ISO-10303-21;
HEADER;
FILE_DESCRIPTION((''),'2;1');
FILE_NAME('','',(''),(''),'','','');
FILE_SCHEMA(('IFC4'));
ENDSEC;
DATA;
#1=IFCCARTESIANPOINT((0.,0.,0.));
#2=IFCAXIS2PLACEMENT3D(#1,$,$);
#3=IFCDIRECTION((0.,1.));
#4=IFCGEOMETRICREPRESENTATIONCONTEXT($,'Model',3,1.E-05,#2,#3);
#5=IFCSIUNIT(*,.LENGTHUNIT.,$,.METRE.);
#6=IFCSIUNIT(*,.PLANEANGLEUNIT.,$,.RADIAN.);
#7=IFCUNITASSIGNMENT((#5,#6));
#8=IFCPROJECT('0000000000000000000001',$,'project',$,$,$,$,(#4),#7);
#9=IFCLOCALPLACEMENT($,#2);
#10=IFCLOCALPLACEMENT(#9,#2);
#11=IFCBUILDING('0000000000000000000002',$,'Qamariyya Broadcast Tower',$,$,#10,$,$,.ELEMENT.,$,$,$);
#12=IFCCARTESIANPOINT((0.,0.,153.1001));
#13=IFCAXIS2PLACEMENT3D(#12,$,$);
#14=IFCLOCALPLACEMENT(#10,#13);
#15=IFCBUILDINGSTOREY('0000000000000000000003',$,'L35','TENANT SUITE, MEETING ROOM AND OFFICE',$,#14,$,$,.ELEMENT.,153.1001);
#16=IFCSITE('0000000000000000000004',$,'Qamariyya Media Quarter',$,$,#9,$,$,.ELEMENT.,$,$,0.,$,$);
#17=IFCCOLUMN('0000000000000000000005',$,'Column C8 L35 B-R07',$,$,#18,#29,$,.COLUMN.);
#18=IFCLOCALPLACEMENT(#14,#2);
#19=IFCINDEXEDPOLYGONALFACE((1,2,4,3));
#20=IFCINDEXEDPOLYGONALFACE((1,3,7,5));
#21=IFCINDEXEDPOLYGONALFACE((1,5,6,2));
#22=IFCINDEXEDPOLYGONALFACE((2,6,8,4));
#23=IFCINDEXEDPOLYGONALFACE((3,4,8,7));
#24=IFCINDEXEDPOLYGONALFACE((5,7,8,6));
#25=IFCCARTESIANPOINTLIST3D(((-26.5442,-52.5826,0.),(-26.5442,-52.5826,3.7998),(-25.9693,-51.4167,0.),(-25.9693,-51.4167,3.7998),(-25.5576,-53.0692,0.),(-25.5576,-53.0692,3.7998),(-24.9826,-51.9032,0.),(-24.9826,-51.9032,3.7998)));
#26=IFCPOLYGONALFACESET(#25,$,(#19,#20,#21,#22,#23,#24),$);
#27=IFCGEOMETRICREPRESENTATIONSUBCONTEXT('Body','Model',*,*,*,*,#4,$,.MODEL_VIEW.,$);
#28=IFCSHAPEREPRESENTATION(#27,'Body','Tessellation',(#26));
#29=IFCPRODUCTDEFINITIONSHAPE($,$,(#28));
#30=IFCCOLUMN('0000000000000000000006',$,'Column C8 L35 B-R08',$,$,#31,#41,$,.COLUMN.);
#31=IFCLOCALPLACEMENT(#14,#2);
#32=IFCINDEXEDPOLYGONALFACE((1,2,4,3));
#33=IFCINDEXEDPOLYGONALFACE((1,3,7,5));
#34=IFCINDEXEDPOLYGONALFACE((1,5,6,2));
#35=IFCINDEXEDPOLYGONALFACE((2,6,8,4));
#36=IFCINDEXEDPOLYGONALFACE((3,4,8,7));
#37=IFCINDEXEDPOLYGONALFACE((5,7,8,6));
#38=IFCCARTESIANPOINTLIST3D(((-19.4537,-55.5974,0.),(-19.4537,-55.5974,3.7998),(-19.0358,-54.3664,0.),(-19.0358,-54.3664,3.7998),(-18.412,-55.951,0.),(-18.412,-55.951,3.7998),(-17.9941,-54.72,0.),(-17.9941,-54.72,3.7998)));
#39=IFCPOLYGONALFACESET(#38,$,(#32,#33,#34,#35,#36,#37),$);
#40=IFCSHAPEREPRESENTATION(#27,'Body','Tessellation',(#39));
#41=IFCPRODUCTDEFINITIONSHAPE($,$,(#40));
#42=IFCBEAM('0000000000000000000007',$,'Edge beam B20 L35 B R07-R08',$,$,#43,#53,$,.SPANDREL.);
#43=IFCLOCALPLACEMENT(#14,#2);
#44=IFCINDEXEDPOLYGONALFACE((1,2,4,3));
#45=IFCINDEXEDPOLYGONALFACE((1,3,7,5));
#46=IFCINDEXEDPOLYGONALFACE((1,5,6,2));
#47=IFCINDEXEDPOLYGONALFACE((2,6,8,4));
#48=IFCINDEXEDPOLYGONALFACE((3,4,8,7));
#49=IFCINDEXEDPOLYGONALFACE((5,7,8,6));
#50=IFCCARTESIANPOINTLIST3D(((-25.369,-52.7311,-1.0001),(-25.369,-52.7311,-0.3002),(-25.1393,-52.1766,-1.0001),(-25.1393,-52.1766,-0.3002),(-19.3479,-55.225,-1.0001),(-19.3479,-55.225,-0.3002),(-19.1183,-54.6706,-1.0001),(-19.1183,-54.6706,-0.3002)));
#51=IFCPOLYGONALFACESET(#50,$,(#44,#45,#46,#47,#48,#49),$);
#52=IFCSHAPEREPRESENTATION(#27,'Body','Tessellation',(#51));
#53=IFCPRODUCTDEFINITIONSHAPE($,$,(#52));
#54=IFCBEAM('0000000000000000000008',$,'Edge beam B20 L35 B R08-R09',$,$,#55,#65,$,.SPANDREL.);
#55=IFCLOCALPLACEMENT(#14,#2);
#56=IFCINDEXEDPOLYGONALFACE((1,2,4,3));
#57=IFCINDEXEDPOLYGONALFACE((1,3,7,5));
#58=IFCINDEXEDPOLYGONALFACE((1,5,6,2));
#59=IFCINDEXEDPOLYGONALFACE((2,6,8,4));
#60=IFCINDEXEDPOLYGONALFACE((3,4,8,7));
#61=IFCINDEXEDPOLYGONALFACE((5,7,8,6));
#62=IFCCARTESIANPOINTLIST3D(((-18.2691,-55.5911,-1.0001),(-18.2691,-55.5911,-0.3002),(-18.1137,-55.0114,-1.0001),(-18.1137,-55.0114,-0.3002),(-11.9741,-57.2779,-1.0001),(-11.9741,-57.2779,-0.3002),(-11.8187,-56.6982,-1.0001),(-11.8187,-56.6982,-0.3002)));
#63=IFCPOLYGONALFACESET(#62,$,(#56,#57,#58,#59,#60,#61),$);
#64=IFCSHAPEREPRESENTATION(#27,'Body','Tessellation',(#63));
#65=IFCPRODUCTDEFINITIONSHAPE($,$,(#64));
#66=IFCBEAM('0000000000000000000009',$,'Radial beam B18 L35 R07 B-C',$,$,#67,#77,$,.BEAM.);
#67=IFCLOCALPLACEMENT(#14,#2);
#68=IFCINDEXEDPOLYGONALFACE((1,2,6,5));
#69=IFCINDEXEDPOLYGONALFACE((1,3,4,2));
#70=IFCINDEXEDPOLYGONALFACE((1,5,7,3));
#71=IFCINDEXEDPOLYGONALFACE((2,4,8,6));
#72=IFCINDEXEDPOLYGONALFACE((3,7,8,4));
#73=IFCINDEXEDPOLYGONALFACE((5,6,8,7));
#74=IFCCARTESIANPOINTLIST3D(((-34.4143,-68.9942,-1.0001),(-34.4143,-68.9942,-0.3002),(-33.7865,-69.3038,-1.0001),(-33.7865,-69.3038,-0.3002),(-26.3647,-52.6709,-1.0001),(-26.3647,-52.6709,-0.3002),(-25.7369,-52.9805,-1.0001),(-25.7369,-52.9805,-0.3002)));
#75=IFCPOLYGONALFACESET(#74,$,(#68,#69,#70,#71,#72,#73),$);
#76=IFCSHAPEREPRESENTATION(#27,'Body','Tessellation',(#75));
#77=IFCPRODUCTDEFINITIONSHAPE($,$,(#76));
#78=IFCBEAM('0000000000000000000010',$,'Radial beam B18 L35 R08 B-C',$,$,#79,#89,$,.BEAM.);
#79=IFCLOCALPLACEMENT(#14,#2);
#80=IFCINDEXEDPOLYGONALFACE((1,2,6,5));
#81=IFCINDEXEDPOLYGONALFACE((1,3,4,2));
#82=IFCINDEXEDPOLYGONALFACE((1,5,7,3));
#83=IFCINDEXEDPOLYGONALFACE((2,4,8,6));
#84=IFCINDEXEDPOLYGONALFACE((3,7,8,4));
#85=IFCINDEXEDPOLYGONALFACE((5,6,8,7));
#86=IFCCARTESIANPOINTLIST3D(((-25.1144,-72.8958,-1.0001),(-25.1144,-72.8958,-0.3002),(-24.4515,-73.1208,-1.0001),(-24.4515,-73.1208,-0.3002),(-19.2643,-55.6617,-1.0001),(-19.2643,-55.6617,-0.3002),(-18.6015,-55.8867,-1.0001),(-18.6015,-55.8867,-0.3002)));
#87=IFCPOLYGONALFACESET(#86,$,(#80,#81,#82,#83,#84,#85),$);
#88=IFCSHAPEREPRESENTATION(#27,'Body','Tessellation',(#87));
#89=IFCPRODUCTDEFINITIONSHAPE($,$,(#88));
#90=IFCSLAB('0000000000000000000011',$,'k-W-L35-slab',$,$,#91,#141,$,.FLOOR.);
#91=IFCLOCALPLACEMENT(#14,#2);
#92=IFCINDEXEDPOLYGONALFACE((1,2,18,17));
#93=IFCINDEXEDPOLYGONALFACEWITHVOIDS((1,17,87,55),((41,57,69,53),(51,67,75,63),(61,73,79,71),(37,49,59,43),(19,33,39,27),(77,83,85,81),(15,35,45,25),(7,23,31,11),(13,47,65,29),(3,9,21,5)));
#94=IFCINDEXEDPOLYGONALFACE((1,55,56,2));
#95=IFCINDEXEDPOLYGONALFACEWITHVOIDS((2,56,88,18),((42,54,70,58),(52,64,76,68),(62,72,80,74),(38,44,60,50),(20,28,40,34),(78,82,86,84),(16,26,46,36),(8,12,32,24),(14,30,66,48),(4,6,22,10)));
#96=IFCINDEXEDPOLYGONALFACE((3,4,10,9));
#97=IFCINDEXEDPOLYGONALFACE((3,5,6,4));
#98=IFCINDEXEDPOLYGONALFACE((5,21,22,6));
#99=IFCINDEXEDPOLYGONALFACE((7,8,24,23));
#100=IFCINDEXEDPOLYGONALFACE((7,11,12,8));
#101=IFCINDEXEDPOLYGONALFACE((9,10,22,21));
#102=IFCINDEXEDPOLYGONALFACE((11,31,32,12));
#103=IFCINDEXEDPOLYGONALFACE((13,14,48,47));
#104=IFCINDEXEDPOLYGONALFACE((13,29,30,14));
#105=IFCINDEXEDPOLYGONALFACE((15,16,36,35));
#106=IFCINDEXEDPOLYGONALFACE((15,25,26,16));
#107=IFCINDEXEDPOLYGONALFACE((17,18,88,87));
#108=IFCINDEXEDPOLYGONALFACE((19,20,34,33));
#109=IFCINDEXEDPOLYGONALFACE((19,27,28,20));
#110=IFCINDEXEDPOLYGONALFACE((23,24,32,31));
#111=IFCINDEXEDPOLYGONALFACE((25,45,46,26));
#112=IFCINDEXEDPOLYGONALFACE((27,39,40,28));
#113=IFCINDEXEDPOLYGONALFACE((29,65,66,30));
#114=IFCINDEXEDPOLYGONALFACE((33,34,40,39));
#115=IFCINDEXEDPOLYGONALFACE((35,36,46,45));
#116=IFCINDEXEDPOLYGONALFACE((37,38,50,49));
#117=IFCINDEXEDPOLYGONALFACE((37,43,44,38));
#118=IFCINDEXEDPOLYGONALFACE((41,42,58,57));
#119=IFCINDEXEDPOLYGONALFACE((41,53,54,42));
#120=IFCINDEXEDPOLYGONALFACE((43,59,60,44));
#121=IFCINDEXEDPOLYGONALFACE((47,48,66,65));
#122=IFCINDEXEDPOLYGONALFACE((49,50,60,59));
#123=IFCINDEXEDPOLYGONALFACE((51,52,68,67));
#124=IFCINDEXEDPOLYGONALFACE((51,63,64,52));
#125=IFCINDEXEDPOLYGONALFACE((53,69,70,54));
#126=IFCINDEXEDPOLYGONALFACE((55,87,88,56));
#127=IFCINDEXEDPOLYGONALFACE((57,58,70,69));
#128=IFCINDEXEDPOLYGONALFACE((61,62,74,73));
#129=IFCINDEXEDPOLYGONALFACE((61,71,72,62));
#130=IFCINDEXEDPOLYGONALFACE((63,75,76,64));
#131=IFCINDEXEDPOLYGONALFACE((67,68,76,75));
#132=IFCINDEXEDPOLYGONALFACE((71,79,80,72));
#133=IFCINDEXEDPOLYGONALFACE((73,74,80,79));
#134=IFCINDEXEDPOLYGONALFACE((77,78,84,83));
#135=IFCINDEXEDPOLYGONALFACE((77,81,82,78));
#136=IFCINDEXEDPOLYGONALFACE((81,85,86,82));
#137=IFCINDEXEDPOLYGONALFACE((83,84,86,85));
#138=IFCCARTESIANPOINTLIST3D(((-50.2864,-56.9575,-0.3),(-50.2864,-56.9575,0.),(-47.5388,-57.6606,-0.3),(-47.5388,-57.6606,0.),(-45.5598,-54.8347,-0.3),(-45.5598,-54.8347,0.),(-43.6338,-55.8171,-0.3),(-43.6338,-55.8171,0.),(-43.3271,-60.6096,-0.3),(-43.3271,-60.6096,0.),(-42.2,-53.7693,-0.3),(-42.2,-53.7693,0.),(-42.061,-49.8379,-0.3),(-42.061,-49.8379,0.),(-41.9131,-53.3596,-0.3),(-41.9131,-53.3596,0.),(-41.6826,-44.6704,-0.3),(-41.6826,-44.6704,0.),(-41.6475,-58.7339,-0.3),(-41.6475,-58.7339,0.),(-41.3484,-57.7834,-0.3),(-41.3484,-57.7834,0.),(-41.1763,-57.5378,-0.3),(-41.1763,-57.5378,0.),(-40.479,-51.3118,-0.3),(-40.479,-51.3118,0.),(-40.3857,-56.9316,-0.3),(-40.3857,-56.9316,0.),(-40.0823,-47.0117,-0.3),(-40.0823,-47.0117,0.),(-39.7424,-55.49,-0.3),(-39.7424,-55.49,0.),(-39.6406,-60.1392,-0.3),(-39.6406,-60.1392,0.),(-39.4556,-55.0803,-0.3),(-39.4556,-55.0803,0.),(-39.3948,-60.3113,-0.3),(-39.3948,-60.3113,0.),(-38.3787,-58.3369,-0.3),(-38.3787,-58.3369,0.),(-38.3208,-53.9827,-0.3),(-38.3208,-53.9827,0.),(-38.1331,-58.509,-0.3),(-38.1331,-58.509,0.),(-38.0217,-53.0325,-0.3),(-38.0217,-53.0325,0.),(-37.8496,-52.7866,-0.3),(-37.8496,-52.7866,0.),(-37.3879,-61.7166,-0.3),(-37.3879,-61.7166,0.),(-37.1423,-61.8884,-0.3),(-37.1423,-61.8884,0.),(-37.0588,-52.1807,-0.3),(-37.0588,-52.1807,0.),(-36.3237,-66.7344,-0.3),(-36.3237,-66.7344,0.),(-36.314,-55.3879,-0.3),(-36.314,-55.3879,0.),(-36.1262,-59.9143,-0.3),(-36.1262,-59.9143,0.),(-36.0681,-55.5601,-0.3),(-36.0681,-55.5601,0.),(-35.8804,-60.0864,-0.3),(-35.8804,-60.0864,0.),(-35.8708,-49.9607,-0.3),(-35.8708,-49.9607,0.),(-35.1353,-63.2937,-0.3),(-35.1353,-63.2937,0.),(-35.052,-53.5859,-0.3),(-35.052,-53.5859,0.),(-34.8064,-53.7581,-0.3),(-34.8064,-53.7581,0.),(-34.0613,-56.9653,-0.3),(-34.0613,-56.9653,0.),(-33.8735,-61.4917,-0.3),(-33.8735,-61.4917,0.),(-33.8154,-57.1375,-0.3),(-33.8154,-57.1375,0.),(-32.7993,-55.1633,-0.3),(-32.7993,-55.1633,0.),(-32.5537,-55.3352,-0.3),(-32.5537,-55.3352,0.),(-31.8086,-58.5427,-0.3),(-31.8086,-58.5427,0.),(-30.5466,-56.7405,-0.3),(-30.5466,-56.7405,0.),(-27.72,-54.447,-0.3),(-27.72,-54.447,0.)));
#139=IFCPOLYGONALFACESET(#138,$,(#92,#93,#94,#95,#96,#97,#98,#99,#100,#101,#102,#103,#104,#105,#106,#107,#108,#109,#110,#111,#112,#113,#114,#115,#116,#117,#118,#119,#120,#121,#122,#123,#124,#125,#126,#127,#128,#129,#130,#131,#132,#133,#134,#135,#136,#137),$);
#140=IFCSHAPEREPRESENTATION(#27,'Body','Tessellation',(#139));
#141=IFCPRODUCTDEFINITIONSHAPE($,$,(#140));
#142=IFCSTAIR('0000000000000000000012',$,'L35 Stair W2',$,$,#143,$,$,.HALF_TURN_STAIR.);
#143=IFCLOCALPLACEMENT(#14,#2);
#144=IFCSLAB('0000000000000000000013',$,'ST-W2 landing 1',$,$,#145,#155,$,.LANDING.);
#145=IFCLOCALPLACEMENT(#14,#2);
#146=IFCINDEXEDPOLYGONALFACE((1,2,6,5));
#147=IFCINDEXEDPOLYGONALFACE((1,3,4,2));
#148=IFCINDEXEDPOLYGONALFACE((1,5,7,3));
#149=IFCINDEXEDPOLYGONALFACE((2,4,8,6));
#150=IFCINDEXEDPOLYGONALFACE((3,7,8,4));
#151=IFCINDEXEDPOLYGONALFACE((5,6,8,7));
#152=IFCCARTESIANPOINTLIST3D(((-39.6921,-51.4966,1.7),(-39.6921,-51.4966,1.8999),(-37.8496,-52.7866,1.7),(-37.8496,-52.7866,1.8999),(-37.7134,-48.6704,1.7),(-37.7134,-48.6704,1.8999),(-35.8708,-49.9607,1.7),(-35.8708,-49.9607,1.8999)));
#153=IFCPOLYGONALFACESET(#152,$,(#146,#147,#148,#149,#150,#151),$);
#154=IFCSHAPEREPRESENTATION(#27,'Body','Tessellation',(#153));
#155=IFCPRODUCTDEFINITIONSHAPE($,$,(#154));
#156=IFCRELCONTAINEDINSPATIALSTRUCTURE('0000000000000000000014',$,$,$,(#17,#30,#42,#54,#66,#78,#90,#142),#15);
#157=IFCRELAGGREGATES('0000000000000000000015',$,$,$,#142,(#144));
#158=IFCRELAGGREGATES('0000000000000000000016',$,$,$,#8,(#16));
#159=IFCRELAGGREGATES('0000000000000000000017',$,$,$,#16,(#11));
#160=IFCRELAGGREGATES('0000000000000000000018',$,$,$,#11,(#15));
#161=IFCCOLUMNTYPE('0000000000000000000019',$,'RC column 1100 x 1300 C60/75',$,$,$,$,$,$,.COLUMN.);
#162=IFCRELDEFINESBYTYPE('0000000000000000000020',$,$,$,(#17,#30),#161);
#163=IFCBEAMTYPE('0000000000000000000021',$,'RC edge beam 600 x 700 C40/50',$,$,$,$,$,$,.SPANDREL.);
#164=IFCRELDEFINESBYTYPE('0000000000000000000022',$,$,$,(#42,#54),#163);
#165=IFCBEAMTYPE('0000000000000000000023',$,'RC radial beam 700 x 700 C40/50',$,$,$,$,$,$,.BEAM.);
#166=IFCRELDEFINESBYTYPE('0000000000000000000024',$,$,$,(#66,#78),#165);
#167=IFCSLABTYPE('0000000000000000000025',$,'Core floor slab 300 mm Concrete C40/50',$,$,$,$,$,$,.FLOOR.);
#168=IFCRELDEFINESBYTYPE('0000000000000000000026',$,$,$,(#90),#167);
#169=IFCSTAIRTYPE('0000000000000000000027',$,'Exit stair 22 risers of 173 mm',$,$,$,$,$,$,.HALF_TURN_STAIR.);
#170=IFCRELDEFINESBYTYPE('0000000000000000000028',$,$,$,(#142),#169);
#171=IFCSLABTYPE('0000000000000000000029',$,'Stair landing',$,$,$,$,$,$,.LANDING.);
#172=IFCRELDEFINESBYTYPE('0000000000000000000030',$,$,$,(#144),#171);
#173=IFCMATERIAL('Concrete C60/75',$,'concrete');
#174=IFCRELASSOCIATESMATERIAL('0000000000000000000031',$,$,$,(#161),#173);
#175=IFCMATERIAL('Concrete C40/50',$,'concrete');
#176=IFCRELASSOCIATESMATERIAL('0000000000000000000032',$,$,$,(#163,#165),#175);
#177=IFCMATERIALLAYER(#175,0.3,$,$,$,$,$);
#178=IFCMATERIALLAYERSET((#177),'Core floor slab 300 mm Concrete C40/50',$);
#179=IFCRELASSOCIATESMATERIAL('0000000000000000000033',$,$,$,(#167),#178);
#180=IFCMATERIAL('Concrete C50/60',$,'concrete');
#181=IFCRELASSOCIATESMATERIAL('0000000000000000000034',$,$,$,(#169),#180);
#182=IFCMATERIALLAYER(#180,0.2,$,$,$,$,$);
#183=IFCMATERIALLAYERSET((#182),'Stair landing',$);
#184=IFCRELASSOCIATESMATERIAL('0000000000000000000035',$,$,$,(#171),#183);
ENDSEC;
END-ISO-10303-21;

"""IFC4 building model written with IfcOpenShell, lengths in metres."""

from ifc_helpers import new_model, si_unit, direction, frame, origin, origin_2d, place, context, subcontext, project, spatial, polyline, rectangle, outline, extrude, material, layer, layer_set, material_profile, profile_set, type_object, element, aggregate, save


model = new_model("IFC4")

# Units and contexts
model_context = context("Model", 3, precision=1e-05, world=origin(), true_north=direction((0.0, 1.0)))
body_context = subcontext(model_context, "Body", "Model", "MODEL_VIEW")
ifc_project = project(units=[si_unit("LENGTHUNIT", "METRE"), si_unit("PLANEANGLEUNIT", "RADIAN")], contexts=[model_context])

# Site, building, storey
site_placement = place(None, origin())
site = spatial("IfcSite", under=ifc_project, at=site_placement, Name="Qamariyya Media Quarter", CompositionType="ELEMENT", RefElevation=0.0)
building_placement = place(site_placement, origin())
building = spatial("IfcBuilding", under=site, at=building_placement, Name="Qamariyya Broadcast Tower", CompositionType="ELEMENT")
storey_placement = place(building_placement, frame((0.0, 0.0, 153.1001)))
storey = spatial("IfcBuildingStorey", under=building, at=storey_placement, Name="L35", Description="TENANT SUITE, MEETING ROOM AND OFFICE", CompositionType="ELEMENT", Elevation=153.1001)

# Columns
ifc_material_1 = material(Name="Concrete C60/75", Category="concrete")
ifc_material_profile_1 = material_profile(ifc_material_1, rectangle(XDim=1.1001, YDim=1.3, at=origin_2d()))
ifc_profile_set_1 = profile_set([ifc_material_profile_1], Name="Concrete C60/75")
column_type = type_object("IfcColumnType", Name="RC column 1100 x 1300 C60/75", PredefinedType="COLUMN", material=ifc_profile_set_1)
for number, where, z_axis, x_axis, name in (
    (1, (-25.7634, -52.2429, 0.0), (0.0, 0.0, 1.0), (0.896873, -0.442289, 0.0), "Column C8 L35 B-R07"),
    (2, (-18.7239, -55.1587, 0.0), (0.0, 0.0, 1.0), (0.94693, -0.321439, 0.0), "Column C8 L35 B-R08"),
):
    element("IfcColumn", number, at=place(storey_placement, frame(where, z_axis=z_axis, x_axis=x_axis)), inside=storey, type_object=column_type, Name=name, PredefinedType="COLUMN", context=body_context, shape_type="SweptSolid", body=[
        extrude(rectangle(XDim=1.1001, YDim=1.3, at=origin_2d()), origin(), (0.0, 0.0, 1.0), 3.7998),
    ])

# Beams
ifc_material_2 = material(Name="Concrete C40/50", Category="concrete")
ifc_material_profile_2 = material_profile(ifc_material_2, rectangle(XDim=0.6001, YDim=0.7, at=origin_2d()))
ifc_profile_set_2 = profile_set([ifc_material_profile_2], Name="Concrete C40/50")
beam_type_1 = type_object("IfcBeamType", Name="RC edge beam 600 x 700 C40/50", PredefinedType="SPANDREL", material=ifc_profile_set_2)
for number, where, z_axis, x_axis, name in (
    (3, (-25.2542, -52.4539, -0.6501), (0.923884, -0.382673, 0.0), (0.382673, 0.923884, 0.0), "Edge beam B20 L35 B R07-R08"),
    (4, (-18.1914, -55.3013, -0.6501), (0.965924, -0.258826, 0.0), (0.258826, 0.965924, 0.0), "Edge beam B20 L35 B R08-R09"),
):
    element("IfcBeam", number, at=place(storey_placement, frame(where, z_axis=z_axis, x_axis=x_axis)), inside=storey, type_object=beam_type_1, Name=name, PredefinedType="SPANDREL", context=body_context, shape_type="SweptSolid", body=[
        extrude(rectangle(XDim=0.6001, YDim=0.7, at=origin_2d()), origin(), (0.0, 0.0, 1.0), 6.5171),
    ])
ifc_material_profile_3 = material_profile(ifc_material_2, rectangle(XDim=0.7, YDim=0.7, at=origin_2d()))
ifc_profile_set_3 = profile_set([ifc_material_profile_3], Name="Concrete C40/50")
beam_type_2 = type_object("IfcBeamType", Name="RC radial beam 700 x 700 C40/50", PredefinedType="BEAM", material=ifc_profile_set_3)
beam_1_placement = place(storey_placement, frame((-26.0508, -52.8257, -0.6501), z_axis=(-0.442281, -0.896876, 0.0), x_axis=(0.896876, -0.442281, 0.0)))
element("IfcBeam", 5, at=beam_1_placement, inside=storey, type_object=beam_type_2, Name="Radial beam B18 L35 R07 B-C", PredefinedType="BEAM", context=body_context, shape_type="SweptSolid", body=[
    extrude(rectangle(XDim=0.7, YDim=0.7, at=origin_2d()), origin(), (0.0, 0.0, 1.0), 18.2002),
])
beam_2_placement = place(storey_placement, frame((-18.9329, -55.7742, -0.6501), z_axis=(-0.321434, -0.946932, 0.0), x_axis=(0.946932, -0.321434, 0.0)))
element("IfcBeam", 6, at=beam_2_placement, inside=storey, type_object=beam_type_2, Name="Radial beam B18 L35 R08 B-C", PredefinedType="BEAM", context=body_context, shape_type="SweptSolid", body=[
    extrude(rectangle(XDim=0.7, YDim=0.7, at=origin_2d()), origin(), (0.0, 0.0, 1.0), 18.2),
])

# Slab
ifc_layer_1 = layer(ifc_material_2, 0.3)
ifc_layer_set_1 = layer_set([ifc_layer_1], Name="Core floor slab 300 mm Concrete C40/50")
slab_type_1 = type_object("IfcSlabType", Name="Core floor slab 300 mm Concrete C40/50", PredefinedType="FLOOR", material=ifc_layer_set_1)
slab_1_placement = place(storey_placement, frame((0.0, 0.0, -0.3)))
element("IfcSlab", 7, at=slab_1_placement, inside=storey, type_object=slab_type_1, Name="k-W-L35-slab", PredefinedType="FLOOR", context=body_context, shape_type="SweptSolid", body=[
    extrude(outline(polyline([(-50.2864, -56.9575), (-36.3237, -66.7344), (-27.72, -54.447), (-41.6826, -44.6704), (-50.2864, -56.9575)]), holes=[polyline([(-31.8086, -58.5427), (-33.8154, -57.1375), (-32.5537, -55.3352), (-30.5466, -56.7405), (-31.8086, -58.5427)]), polyline([(-34.0613, -56.9653), (-36.0681, -55.5601), (-34.8064, -53.7581), (-32.7993, -55.1633), (-34.0613, -56.9653)]), polyline([(-36.314, -55.3879), (-38.3208, -53.9827), (-37.0588, -52.1807), (-35.052, -53.5859), (-36.314, -55.3879)]), polyline([(-33.8735, -61.4917), (-35.8804, -60.0864), (-37.1423, -61.8884), (-35.1353, -63.2937), (-33.8735, -61.4917)]), polyline([(-36.1262, -59.9143), (-38.1331, -58.509), (-39.3948, -60.3113), (-37.3879, -61.7166), (-36.1262, -59.9143)]), polyline([(-38.3787, -58.3369), (-40.3857, -56.9316), (-41.6475, -58.7339), (-39.6406, -60.1392), (-38.3787, -58.3369)]), polyline([(-39.7424, -55.49), (-42.2, -53.7693), (-43.6338, -55.8171), (-41.1763, -57.5378), (-39.7424, -55.49)]), polyline([(-39.4556, -55.0803), (-41.9131, -53.3596), (-40.479, -51.3118), (-38.0217, -53.0325), (-39.4556, -55.0803)]), polyline([(-42.061, -49.8379), (-37.8496, -52.7866), (-35.8708, -49.9607), (-40.0823, -47.0117), (-42.061, -49.8379)]), polyline([(-47.5388, -57.6606), (-43.3271, -60.6096), (-41.3484, -57.7834), (-45.5598, -54.8347), (-47.5388, -57.6606)])]), origin(), (0.0, 0.0, 1.0), 0.3),
])

# Stair, slab
ifc_material_3 = material(Name="Concrete C50/60", Category="concrete")
stair_type = type_object("IfcStairType", Name="Exit stair 22 risers of 173 mm", PredefinedType="HALF_TURN_STAIR", material=ifc_material_3)
stair_placement = place(storey_placement, origin())
stair = element("IfcStair", 8, at=stair_placement, inside=storey, type_object=stair_type, Name="L35 Stair W2", PredefinedType="HALF_TURN_STAIR")
ifc_layer_2 = layer(ifc_material_3, 0.2)
ifc_layer_set_2 = layer_set([ifc_layer_2], Name="Stair landing")
slab_type_2 = type_object("IfcSlabType", Name="Stair landing", PredefinedType="LANDING", material=ifc_layer_set_2)
slab_2_placement = place(storey_placement, frame((0.0, 0.0, 1.7)))
slab_2 = element("IfcSlab", 9, at=slab_2_placement, type_object=slab_type_2, Name="ST-W2 landing 1", PredefinedType="LANDING", context=body_context, shape_type="SweptSolid", body=[
    extrude(outline(polyline([(-39.6921, -51.4966), (-37.8496, -52.7866), (-35.8708, -49.9607), (-37.7134, -48.6704), (-39.6921, -51.4966)])), origin(), (0.0, 0.0, 1.0), 0.2),
])
aggregate(stair, [slab_2])

save(model, "model.ifc")
